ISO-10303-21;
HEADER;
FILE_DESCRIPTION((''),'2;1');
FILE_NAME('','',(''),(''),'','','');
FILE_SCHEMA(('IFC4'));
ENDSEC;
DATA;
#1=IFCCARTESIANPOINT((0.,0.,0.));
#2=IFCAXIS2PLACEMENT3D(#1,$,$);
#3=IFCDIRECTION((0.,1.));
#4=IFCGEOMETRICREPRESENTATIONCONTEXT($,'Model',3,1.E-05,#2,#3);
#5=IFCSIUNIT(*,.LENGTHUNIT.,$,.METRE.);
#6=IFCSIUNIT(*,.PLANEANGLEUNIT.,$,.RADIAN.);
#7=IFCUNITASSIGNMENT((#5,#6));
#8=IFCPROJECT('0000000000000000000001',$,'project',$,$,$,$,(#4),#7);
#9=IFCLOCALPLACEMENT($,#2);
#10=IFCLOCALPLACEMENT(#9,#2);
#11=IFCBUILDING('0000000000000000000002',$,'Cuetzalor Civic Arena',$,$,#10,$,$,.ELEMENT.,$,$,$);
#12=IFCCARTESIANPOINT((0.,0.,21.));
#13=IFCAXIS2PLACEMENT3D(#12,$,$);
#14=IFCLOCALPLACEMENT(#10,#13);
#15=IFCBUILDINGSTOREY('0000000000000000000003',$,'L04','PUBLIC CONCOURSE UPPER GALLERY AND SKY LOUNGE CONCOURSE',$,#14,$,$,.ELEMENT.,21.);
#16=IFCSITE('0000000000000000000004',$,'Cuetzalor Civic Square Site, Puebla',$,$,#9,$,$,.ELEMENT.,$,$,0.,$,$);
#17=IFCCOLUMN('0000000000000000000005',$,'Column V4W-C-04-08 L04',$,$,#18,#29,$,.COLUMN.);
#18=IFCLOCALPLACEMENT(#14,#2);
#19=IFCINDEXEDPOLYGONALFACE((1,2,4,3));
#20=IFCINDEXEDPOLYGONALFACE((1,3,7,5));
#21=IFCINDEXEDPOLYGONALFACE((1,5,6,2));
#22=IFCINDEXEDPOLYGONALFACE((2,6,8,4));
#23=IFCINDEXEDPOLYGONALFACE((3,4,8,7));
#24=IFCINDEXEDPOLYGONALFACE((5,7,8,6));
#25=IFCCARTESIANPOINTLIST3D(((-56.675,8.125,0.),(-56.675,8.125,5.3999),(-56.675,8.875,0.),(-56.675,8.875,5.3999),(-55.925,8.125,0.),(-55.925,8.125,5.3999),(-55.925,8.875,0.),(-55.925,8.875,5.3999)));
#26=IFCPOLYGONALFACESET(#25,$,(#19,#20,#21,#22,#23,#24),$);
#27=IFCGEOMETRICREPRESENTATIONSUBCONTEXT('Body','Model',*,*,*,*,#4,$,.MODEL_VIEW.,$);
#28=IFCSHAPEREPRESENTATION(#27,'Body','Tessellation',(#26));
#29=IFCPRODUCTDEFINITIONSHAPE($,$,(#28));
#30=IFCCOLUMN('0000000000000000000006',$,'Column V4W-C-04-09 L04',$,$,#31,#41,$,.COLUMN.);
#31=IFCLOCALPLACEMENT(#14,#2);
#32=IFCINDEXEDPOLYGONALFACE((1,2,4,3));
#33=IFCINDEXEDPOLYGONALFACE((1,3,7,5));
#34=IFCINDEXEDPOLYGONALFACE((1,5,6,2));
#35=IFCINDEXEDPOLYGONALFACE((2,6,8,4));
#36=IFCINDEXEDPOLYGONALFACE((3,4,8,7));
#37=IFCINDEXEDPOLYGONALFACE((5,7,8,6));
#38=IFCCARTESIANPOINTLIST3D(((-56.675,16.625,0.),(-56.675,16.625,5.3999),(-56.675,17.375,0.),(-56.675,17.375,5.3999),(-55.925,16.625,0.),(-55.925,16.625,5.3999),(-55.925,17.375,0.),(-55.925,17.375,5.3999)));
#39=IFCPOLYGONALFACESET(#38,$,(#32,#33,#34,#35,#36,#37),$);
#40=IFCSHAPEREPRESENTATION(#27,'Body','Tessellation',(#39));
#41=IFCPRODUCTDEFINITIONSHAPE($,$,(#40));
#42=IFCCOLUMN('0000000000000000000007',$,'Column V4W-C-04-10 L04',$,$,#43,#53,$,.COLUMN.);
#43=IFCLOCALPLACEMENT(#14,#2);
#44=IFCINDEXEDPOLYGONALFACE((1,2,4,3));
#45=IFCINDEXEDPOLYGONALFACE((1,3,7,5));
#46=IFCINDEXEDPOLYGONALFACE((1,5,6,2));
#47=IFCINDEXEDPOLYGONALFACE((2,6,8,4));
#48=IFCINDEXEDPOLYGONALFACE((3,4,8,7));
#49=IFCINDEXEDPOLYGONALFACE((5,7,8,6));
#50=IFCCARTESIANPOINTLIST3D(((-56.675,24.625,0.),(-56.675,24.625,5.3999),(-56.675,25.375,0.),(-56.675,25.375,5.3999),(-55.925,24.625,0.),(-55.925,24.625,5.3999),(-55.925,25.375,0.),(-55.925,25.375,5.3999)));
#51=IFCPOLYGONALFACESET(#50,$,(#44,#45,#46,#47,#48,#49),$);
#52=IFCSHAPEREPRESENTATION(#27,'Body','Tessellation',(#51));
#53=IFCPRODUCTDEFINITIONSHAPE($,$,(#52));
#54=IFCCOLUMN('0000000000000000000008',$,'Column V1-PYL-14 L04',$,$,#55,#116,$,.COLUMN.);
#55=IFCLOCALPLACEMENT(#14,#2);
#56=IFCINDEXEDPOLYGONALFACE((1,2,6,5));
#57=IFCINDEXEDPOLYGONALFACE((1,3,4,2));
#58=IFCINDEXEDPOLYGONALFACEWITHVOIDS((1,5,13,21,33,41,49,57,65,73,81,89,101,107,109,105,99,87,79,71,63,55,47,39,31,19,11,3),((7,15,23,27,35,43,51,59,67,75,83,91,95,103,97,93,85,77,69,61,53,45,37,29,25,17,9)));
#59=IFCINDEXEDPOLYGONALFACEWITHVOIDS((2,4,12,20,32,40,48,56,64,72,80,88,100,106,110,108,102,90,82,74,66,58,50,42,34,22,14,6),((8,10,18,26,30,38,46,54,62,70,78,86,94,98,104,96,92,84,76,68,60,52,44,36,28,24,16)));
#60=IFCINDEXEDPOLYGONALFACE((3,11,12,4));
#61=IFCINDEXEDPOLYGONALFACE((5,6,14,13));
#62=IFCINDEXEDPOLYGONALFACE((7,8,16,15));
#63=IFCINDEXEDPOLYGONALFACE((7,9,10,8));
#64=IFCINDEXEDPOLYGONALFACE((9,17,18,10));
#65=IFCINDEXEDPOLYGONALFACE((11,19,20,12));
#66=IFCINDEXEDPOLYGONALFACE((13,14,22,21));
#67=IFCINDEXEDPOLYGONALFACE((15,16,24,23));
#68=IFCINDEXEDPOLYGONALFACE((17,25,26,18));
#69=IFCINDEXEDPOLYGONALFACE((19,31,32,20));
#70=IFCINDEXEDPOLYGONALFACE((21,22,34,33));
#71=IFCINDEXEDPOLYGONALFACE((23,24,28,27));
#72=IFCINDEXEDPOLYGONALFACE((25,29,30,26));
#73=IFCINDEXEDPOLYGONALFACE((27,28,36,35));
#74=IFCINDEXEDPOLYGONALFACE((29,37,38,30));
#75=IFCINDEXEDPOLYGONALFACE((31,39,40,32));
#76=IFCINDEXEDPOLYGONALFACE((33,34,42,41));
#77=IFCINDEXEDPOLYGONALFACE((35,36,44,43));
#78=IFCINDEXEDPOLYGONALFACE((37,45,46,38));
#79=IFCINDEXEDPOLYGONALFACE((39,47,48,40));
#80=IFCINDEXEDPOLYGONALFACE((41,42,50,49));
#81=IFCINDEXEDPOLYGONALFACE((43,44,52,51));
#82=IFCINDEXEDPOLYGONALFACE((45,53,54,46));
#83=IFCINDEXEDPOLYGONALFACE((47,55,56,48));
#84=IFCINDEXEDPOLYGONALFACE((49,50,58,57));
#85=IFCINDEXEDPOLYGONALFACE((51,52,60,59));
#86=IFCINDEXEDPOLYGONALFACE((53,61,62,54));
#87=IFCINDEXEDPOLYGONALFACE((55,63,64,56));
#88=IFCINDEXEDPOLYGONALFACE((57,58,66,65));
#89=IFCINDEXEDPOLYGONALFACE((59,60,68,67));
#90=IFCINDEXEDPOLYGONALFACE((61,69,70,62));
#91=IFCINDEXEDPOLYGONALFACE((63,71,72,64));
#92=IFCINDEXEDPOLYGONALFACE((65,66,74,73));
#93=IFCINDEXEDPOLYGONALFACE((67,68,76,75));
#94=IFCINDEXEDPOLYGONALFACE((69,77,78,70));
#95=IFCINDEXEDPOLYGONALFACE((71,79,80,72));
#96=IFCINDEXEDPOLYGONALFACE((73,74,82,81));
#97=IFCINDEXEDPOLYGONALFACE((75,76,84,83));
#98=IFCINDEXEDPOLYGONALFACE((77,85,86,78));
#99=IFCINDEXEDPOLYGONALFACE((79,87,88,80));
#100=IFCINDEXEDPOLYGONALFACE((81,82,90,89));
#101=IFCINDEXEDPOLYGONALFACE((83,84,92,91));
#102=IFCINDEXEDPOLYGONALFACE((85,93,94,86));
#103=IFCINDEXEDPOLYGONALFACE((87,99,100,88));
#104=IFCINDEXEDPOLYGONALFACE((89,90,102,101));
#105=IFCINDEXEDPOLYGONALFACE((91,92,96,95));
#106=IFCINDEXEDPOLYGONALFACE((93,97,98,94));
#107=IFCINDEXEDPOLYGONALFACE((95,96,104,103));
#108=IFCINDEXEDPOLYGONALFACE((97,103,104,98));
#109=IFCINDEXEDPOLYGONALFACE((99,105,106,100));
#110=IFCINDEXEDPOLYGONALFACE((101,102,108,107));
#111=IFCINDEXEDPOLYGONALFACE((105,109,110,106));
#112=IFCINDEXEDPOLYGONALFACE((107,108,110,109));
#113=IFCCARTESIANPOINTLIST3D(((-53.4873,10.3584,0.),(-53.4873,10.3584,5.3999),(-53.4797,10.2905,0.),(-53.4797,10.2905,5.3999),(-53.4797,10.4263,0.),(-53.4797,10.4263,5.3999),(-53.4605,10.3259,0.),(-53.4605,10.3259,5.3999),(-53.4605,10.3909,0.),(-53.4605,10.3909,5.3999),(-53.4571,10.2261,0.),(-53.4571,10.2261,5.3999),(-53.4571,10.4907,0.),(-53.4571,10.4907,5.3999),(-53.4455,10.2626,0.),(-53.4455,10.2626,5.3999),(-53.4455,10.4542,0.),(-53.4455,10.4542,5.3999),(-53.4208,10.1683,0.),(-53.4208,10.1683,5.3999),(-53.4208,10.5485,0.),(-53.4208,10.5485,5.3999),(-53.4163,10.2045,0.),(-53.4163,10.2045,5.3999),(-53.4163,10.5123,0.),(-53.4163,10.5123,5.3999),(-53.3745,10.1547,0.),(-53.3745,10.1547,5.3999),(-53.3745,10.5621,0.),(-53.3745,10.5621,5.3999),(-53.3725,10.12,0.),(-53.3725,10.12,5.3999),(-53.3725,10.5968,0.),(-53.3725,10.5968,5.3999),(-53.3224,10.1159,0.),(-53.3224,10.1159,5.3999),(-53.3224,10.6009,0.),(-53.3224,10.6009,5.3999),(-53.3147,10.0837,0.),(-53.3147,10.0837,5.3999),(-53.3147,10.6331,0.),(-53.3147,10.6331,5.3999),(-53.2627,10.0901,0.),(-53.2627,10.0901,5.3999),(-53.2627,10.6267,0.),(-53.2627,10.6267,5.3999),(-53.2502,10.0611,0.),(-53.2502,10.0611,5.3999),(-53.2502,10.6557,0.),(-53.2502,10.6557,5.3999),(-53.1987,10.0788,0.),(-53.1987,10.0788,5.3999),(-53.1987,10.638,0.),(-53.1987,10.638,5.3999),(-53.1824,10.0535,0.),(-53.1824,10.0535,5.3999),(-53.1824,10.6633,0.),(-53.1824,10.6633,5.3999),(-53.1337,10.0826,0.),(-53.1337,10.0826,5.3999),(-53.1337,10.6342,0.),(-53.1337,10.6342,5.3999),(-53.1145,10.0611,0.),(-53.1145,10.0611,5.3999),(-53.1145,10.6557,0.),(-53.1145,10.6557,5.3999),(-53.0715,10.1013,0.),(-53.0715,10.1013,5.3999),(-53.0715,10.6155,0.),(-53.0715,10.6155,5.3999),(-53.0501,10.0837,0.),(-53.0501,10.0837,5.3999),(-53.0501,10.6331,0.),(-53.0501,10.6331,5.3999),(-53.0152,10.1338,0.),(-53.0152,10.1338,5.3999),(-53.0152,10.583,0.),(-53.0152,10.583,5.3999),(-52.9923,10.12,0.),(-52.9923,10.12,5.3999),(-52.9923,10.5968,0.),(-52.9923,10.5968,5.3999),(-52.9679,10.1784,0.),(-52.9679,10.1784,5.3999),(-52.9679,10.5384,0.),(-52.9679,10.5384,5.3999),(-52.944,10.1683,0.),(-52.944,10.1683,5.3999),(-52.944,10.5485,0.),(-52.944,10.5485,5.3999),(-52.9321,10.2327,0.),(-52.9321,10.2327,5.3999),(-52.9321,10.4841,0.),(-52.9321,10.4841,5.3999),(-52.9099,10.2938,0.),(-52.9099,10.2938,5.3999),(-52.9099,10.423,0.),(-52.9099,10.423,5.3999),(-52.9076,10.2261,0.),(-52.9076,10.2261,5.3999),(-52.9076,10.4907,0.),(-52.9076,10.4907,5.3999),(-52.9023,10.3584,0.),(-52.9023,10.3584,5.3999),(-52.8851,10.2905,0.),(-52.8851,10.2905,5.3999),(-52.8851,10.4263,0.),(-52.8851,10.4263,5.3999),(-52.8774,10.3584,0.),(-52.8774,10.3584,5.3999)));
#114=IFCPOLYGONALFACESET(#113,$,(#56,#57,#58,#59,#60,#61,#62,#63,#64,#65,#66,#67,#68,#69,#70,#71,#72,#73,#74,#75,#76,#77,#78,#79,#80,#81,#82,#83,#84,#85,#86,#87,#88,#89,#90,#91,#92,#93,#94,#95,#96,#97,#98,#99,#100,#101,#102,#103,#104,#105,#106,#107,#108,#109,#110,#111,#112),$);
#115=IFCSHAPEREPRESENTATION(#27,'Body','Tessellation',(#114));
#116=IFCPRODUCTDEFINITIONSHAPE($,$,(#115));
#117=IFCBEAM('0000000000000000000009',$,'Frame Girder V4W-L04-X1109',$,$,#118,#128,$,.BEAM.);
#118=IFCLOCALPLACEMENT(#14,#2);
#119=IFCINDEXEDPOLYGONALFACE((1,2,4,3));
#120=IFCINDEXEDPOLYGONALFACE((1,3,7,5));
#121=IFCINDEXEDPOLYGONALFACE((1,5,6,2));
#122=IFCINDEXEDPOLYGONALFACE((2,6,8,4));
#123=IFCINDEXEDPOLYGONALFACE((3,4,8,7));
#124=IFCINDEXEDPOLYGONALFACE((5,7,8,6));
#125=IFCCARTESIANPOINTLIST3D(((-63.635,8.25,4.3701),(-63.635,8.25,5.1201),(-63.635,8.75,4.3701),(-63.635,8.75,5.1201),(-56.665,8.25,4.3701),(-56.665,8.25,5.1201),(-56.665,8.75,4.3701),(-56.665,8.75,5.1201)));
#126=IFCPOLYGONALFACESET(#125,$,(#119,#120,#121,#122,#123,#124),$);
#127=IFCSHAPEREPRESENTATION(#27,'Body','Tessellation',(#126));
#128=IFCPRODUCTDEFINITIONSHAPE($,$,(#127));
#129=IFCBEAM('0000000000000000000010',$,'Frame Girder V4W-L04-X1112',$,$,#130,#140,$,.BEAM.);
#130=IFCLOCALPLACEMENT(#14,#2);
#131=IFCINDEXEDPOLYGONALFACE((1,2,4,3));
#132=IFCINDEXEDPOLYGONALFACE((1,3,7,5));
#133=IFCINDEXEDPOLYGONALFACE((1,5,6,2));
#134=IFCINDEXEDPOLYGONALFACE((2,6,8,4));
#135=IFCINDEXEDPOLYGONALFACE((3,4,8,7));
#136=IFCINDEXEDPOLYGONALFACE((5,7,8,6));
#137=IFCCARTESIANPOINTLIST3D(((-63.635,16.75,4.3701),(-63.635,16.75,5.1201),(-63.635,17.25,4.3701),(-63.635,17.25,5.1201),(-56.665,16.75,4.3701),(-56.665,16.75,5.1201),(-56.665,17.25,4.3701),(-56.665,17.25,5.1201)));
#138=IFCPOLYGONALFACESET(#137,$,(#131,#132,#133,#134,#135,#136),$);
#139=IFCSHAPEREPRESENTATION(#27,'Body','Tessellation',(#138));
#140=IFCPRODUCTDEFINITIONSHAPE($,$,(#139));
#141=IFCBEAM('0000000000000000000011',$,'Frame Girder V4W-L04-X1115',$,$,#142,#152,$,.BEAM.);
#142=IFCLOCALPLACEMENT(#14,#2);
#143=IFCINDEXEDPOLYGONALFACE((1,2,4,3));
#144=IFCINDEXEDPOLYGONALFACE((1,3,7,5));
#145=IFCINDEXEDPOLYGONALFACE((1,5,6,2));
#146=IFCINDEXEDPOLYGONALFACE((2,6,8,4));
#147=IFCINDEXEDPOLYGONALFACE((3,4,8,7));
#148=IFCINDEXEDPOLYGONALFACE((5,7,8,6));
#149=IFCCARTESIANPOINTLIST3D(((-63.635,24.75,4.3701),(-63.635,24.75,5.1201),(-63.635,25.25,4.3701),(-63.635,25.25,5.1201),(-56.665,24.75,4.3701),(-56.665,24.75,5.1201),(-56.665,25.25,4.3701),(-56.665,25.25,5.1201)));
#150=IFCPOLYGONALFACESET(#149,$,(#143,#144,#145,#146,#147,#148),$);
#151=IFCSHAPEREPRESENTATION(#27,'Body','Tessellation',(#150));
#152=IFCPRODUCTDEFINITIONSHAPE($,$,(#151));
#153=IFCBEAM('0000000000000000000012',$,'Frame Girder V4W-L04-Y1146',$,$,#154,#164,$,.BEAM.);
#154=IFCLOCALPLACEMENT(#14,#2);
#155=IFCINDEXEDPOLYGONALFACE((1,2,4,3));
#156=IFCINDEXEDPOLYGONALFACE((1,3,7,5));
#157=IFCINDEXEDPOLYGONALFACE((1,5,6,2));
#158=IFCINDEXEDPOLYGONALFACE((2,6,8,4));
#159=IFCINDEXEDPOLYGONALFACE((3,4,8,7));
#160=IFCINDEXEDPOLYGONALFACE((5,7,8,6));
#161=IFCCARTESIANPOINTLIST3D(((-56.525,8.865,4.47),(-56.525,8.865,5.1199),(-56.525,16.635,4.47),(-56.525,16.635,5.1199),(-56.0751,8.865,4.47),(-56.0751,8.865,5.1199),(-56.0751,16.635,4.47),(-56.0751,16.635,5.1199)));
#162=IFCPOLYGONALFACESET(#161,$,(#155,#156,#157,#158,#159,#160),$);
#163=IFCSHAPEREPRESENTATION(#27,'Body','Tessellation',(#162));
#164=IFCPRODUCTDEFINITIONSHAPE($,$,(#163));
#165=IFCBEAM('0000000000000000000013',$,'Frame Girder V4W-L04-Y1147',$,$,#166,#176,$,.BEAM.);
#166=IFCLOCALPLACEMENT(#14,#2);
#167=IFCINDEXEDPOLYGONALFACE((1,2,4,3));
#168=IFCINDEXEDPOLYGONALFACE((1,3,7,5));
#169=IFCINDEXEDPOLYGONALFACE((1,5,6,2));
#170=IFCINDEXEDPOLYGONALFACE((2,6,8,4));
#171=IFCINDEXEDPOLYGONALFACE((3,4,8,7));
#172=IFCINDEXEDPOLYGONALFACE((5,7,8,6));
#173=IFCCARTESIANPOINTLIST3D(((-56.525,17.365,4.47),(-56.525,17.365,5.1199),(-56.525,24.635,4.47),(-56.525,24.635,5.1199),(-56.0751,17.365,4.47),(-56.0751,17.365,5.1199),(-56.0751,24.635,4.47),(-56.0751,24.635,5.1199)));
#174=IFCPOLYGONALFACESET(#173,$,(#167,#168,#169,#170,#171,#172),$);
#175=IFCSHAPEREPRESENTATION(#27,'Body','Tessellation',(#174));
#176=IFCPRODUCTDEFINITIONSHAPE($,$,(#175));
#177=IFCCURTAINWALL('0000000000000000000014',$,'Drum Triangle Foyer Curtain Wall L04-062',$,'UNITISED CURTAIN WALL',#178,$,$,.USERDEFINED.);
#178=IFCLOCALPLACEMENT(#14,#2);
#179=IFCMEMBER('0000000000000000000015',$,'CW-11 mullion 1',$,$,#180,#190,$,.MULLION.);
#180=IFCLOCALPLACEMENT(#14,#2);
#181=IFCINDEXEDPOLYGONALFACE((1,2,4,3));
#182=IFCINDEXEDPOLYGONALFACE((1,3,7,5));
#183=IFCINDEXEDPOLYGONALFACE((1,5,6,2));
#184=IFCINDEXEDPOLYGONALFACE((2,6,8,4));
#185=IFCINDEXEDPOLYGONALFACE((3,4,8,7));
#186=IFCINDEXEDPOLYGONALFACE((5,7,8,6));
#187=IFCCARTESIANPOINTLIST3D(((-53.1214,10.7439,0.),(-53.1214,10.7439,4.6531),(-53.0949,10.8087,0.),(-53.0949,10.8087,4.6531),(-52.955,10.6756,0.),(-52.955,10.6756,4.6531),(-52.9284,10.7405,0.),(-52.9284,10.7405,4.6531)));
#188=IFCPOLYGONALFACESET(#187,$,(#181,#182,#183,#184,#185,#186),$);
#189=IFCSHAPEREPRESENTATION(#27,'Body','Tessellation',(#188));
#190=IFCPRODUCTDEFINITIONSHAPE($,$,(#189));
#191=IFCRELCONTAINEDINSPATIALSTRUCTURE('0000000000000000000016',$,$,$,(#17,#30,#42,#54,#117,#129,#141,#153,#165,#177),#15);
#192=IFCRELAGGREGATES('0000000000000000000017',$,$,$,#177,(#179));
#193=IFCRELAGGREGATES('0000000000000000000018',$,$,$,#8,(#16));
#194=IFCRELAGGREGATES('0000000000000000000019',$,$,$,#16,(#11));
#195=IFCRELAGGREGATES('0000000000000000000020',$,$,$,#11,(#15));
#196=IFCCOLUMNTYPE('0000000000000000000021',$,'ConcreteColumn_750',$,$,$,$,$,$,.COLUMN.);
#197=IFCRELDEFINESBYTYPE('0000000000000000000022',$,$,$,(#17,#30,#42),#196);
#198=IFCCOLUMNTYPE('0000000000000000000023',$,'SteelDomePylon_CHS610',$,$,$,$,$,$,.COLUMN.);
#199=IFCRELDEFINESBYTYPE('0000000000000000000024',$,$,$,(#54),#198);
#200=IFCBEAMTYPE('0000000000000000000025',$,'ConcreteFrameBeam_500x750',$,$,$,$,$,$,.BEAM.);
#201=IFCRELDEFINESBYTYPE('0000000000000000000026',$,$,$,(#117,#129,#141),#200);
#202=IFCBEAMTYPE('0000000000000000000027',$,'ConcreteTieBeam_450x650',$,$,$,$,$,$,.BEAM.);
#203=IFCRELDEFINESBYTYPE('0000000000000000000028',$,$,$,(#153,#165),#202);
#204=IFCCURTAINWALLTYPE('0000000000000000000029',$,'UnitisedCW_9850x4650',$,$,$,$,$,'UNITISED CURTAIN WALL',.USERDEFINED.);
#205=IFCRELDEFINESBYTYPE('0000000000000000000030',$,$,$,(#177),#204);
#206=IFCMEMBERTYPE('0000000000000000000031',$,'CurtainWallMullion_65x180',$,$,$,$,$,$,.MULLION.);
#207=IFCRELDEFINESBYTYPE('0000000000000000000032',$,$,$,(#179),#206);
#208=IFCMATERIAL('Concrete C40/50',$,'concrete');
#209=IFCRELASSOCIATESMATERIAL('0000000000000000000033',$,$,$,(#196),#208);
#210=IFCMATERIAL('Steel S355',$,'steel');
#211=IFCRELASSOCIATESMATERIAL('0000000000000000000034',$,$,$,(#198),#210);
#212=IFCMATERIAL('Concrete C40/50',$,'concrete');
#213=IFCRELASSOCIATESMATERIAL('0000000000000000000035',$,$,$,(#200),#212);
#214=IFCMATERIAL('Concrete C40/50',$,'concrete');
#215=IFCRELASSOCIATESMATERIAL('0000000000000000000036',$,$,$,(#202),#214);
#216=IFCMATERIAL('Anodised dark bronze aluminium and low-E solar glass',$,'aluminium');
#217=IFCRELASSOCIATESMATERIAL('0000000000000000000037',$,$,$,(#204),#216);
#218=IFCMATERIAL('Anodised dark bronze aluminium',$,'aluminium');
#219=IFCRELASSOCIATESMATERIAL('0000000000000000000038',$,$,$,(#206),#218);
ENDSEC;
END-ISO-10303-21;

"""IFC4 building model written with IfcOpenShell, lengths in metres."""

from ifc_helpers import new_model, si_unit, direction, frame, origin, origin_2d, place, context, subcontext, project, spatial, rectangle, hollow_circle, extrude, material, material_profile, profile_set, type_object, element, aggregate, save


model = new_model("IFC4")

# Units and contexts
model_context = context("Model", 3, precision=1e-05, world=origin(), true_north=direction((0.0, 1.0)))
body_context = subcontext(model_context, "Body", "Model", "MODEL_VIEW")
ifc_project = project(units=[si_unit("LENGTHUNIT", "METRE"), si_unit("PLANEANGLEUNIT", "RADIAN")], contexts=[model_context])

# Site, building, storey
site_placement = place(None, origin())
site = spatial("IfcSite", under=ifc_project, at=site_placement, Name="Cuetzalor Civic Square Site, Puebla", CompositionType="ELEMENT", RefElevation=0.0)
building_placement = place(site_placement, origin())
building = spatial("IfcBuilding", under=site, at=building_placement, Name="Cuetzalor Civic Arena", CompositionType="ELEMENT")
storey_placement = place(building_placement, frame((0.0, 0.0, 21.0)))
storey = spatial("IfcBuildingStorey", under=building, at=storey_placement, Name="L04", Description="PUBLIC CONCOURSE UPPER GALLERY AND SKY LOUNGE CONCOURSE", CompositionType="ELEMENT", Elevation=21.0)

# Columns
ifc_material_1 = material(Name="Concrete C40/50", Category="concrete")
ifc_material_profile_1 = material_profile(ifc_material_1, rectangle(XDim=0.75, YDim=0.75, at=origin_2d()), Name="RC 750x750")
ifc_profile_set_1 = profile_set([ifc_material_profile_1], Name="Concrete C40/50")
column_type_1 = type_object("IfcColumnType", Name="ConcreteColumn_750", PredefinedType="COLUMN", material=ifc_profile_set_1)
for number, where, z_axis, x_axis, name in (
    (1, (-56.3, 8.5, 0.0), (0.0, 0.0, 1.0), (1.0, 0.0, 0.0), "Column V4W-C-04-08 L04"),
    (2, (-56.3, 17.0, 0.0), (0.0, 0.0, 1.0), (1.0, 0.0, 0.0), "Column V4W-C-04-09 L04"),
    (3, (-56.3, 25.0, 0.0), (0.0, 0.0, 1.0), (1.0, 0.0, 0.0), "Column V4W-C-04-10 L04"),
):
    element("IfcColumn", number, at=place(storey_placement, frame(where, z_axis=z_axis, x_axis=x_axis)), inside=storey, type_object=column_type_1, Name=name, PredefinedType="COLUMN", context=body_context, shape_type="SweptSolid", body=[
        extrude(rectangle(XDim=0.75, YDim=0.75, at=origin_2d()), origin(), (0.0, 0.0, 1.0), 5.3999),
    ])
ifc_material_2 = material(Name="Steel S355", Category="steel")
ifc_material_profile_2 = material_profile(ifc_material_2, hollow_circle(Radius=0.3049, WallThickness=0.0249, at=origin_2d()), Name="CHS 610x25")
ifc_profile_set_2 = profile_set([ifc_material_profile_2], Name="Steel S355")
column_type_2 = type_object("IfcColumnType", Name="SteelDomePylon_CHS610", PredefinedType="COLUMN", material=ifc_profile_set_2)
column_placement = place(storey_placement, frame((-53.1824, 10.3584, 0.0), z_axis=(0.0, 0.0, 1.0), x_axis=(1.0, 0.0, 0.0)))
element("IfcColumn", 4, at=column_placement, inside=storey, type_object=column_type_2, Name="Column V1-PYL-14 L04", PredefinedType="COLUMN", context=body_context, shape_type="SweptSolid", body=[
    extrude(hollow_circle(Radius=0.3049, WallThickness=0.0249, at=origin_2d()), origin(), (0.0, 0.0, 1.0), 5.3999),
])

# Beams
ifc_material_3 = material(Name="Concrete C40/50", Category="concrete")
ifc_material_profile_3 = material_profile(ifc_material_3, rectangle(XDim=0.5, YDim=0.75, at=origin_2d()), Name="RC 500x750")
ifc_profile_set_3 = profile_set([ifc_material_profile_3], Name="Concrete C40/50")
beam_type_1 = type_object("IfcBeamType", Name="ConcreteFrameBeam_500x750", PredefinedType="BEAM", material=ifc_profile_set_3)
for number, where, z_axis, x_axis, name in (
    (5, (-63.635, 8.5, 4.7451), (1.0, 0.0, 0.0), (0.0, 1.0, 0.0), "Frame Girder V4W-L04-X1109"),
    (6, (-63.635, 17.0, 4.7451), (1.0, 0.0, 0.0), (0.0, 1.0, 0.0), "Frame Girder V4W-L04-X1112"),
    (7, (-63.635, 25.0, 4.7451), (1.0, 0.0, 0.0), (0.0, 1.0, 0.0), "Frame Girder V4W-L04-X1115"),
):
    element("IfcBeam", number, at=place(storey_placement, frame(where, z_axis=z_axis, x_axis=x_axis)), inside=storey, type_object=beam_type_1, Name=name, PredefinedType="BEAM", context=body_context, shape_type="SweptSolid", body=[
        extrude(rectangle(XDim=0.5, YDim=0.75, at=origin_2d()), origin(), (0.0, 0.0, 1.0), 6.97),
    ])
ifc_material_4 = material(Name="Concrete C40/50", Category="concrete")
ifc_material_profile_4 = material_profile(ifc_material_4, rectangle(XDim=0.45, YDim=0.6499, at=origin_2d()), Name="RC 450x650")
ifc_profile_set_4 = profile_set([ifc_material_profile_4], Name="Concrete C40/50")
beam_type_2 = type_object("IfcBeamType", Name="ConcreteTieBeam_450x650", PredefinedType="BEAM", material=ifc_profile_set_4)
beam_1_placement = place(storey_placement, frame((-56.3, 8.865, 4.7949), z_axis=(0.0, 1.0, 0.0), x_axis=(-1.0, 0.0, 0.0)))
element("IfcBeam", 8, at=beam_1_placement, inside=storey, type_object=beam_type_2, Name="Frame Girder V4W-L04-Y1146", PredefinedType="BEAM", context=body_context, shape_type="SweptSolid", body=[
    extrude(rectangle(XDim=0.45, YDim=0.6499, at=origin_2d()), origin(), (0.0, 0.0, 1.0), 7.77),
])
beam_2_placement = place(storey_placement, frame((-56.3, 17.365, 4.7949), z_axis=(0.0, 1.0, 0.0), x_axis=(-1.0, 0.0, 0.0)))
element("IfcBeam", 9, at=beam_2_placement, inside=storey, type_object=beam_type_2, Name="Frame Girder V4W-L04-Y1147", PredefinedType="BEAM", context=body_context, shape_type="SweptSolid", body=[
    extrude(rectangle(XDim=0.45, YDim=0.6499, at=origin_2d()), origin(), (0.0, 0.0, 1.0), 7.27),
])

# Curtain wall, member
ifc_material_5 = material(Name="Anodised dark bronze aluminium and low-E solar glass", Category="aluminium")
curtain_wall_type = type_object("IfcCurtainWallType", Name="UnitisedCW_9850x4650", ElementType="UNITISED CURTAIN WALL", PredefinedType="USERDEFINED", material=ifc_material_5)
curtain_wall_placement = place(storey_placement, origin())
curtain_wall = element("IfcCurtainWall", 10, at=curtain_wall_placement, inside=storey, type_object=curtain_wall_type, Name="Drum Triangle Foyer Curtain Wall L04-062", ObjectType="UNITISED CURTAIN WALL", PredefinedType="USERDEFINED")
ifc_material_6 = material(Name="Anodised dark bronze aluminium", Category="aluminium")
ifc_material_profile_5 = material_profile(ifc_material_6, rectangle(XDim=0.0701, YDim=0.1799, at=origin_2d()), Name="ALU MULLION 70x180")
ifc_profile_set_5 = profile_set([ifc_material_profile_5], Name="Anodised dark bronze aluminium")
member_type_1 = type_object("IfcMemberType", Name="CurtainWallMullion_65x180", PredefinedType="MULLION", material=ifc_profile_set_5)
member_1_placement = place(storey_placement, frame((-53.0249, 10.7422, 0.0), z_axis=(0.0, 0.0, 1.0), x_axis=(0.379391, 0.925236, 0.0)))
member_1 = element("IfcMember", 11, at=member_1_placement, type_object=member_type_1, Name="CW-11 mullion 1", PredefinedType="MULLION", context=body_context, shape_type="SweptSolid", body=[
    extrude(rectangle(XDim=0.0701, YDim=0.1799, at=origin_2d()), origin(), (0.0, 0.0, 1.0), 4.6531),
])
aggregate(curtain_wall, [member_1])

save(model, "model.ifc")
